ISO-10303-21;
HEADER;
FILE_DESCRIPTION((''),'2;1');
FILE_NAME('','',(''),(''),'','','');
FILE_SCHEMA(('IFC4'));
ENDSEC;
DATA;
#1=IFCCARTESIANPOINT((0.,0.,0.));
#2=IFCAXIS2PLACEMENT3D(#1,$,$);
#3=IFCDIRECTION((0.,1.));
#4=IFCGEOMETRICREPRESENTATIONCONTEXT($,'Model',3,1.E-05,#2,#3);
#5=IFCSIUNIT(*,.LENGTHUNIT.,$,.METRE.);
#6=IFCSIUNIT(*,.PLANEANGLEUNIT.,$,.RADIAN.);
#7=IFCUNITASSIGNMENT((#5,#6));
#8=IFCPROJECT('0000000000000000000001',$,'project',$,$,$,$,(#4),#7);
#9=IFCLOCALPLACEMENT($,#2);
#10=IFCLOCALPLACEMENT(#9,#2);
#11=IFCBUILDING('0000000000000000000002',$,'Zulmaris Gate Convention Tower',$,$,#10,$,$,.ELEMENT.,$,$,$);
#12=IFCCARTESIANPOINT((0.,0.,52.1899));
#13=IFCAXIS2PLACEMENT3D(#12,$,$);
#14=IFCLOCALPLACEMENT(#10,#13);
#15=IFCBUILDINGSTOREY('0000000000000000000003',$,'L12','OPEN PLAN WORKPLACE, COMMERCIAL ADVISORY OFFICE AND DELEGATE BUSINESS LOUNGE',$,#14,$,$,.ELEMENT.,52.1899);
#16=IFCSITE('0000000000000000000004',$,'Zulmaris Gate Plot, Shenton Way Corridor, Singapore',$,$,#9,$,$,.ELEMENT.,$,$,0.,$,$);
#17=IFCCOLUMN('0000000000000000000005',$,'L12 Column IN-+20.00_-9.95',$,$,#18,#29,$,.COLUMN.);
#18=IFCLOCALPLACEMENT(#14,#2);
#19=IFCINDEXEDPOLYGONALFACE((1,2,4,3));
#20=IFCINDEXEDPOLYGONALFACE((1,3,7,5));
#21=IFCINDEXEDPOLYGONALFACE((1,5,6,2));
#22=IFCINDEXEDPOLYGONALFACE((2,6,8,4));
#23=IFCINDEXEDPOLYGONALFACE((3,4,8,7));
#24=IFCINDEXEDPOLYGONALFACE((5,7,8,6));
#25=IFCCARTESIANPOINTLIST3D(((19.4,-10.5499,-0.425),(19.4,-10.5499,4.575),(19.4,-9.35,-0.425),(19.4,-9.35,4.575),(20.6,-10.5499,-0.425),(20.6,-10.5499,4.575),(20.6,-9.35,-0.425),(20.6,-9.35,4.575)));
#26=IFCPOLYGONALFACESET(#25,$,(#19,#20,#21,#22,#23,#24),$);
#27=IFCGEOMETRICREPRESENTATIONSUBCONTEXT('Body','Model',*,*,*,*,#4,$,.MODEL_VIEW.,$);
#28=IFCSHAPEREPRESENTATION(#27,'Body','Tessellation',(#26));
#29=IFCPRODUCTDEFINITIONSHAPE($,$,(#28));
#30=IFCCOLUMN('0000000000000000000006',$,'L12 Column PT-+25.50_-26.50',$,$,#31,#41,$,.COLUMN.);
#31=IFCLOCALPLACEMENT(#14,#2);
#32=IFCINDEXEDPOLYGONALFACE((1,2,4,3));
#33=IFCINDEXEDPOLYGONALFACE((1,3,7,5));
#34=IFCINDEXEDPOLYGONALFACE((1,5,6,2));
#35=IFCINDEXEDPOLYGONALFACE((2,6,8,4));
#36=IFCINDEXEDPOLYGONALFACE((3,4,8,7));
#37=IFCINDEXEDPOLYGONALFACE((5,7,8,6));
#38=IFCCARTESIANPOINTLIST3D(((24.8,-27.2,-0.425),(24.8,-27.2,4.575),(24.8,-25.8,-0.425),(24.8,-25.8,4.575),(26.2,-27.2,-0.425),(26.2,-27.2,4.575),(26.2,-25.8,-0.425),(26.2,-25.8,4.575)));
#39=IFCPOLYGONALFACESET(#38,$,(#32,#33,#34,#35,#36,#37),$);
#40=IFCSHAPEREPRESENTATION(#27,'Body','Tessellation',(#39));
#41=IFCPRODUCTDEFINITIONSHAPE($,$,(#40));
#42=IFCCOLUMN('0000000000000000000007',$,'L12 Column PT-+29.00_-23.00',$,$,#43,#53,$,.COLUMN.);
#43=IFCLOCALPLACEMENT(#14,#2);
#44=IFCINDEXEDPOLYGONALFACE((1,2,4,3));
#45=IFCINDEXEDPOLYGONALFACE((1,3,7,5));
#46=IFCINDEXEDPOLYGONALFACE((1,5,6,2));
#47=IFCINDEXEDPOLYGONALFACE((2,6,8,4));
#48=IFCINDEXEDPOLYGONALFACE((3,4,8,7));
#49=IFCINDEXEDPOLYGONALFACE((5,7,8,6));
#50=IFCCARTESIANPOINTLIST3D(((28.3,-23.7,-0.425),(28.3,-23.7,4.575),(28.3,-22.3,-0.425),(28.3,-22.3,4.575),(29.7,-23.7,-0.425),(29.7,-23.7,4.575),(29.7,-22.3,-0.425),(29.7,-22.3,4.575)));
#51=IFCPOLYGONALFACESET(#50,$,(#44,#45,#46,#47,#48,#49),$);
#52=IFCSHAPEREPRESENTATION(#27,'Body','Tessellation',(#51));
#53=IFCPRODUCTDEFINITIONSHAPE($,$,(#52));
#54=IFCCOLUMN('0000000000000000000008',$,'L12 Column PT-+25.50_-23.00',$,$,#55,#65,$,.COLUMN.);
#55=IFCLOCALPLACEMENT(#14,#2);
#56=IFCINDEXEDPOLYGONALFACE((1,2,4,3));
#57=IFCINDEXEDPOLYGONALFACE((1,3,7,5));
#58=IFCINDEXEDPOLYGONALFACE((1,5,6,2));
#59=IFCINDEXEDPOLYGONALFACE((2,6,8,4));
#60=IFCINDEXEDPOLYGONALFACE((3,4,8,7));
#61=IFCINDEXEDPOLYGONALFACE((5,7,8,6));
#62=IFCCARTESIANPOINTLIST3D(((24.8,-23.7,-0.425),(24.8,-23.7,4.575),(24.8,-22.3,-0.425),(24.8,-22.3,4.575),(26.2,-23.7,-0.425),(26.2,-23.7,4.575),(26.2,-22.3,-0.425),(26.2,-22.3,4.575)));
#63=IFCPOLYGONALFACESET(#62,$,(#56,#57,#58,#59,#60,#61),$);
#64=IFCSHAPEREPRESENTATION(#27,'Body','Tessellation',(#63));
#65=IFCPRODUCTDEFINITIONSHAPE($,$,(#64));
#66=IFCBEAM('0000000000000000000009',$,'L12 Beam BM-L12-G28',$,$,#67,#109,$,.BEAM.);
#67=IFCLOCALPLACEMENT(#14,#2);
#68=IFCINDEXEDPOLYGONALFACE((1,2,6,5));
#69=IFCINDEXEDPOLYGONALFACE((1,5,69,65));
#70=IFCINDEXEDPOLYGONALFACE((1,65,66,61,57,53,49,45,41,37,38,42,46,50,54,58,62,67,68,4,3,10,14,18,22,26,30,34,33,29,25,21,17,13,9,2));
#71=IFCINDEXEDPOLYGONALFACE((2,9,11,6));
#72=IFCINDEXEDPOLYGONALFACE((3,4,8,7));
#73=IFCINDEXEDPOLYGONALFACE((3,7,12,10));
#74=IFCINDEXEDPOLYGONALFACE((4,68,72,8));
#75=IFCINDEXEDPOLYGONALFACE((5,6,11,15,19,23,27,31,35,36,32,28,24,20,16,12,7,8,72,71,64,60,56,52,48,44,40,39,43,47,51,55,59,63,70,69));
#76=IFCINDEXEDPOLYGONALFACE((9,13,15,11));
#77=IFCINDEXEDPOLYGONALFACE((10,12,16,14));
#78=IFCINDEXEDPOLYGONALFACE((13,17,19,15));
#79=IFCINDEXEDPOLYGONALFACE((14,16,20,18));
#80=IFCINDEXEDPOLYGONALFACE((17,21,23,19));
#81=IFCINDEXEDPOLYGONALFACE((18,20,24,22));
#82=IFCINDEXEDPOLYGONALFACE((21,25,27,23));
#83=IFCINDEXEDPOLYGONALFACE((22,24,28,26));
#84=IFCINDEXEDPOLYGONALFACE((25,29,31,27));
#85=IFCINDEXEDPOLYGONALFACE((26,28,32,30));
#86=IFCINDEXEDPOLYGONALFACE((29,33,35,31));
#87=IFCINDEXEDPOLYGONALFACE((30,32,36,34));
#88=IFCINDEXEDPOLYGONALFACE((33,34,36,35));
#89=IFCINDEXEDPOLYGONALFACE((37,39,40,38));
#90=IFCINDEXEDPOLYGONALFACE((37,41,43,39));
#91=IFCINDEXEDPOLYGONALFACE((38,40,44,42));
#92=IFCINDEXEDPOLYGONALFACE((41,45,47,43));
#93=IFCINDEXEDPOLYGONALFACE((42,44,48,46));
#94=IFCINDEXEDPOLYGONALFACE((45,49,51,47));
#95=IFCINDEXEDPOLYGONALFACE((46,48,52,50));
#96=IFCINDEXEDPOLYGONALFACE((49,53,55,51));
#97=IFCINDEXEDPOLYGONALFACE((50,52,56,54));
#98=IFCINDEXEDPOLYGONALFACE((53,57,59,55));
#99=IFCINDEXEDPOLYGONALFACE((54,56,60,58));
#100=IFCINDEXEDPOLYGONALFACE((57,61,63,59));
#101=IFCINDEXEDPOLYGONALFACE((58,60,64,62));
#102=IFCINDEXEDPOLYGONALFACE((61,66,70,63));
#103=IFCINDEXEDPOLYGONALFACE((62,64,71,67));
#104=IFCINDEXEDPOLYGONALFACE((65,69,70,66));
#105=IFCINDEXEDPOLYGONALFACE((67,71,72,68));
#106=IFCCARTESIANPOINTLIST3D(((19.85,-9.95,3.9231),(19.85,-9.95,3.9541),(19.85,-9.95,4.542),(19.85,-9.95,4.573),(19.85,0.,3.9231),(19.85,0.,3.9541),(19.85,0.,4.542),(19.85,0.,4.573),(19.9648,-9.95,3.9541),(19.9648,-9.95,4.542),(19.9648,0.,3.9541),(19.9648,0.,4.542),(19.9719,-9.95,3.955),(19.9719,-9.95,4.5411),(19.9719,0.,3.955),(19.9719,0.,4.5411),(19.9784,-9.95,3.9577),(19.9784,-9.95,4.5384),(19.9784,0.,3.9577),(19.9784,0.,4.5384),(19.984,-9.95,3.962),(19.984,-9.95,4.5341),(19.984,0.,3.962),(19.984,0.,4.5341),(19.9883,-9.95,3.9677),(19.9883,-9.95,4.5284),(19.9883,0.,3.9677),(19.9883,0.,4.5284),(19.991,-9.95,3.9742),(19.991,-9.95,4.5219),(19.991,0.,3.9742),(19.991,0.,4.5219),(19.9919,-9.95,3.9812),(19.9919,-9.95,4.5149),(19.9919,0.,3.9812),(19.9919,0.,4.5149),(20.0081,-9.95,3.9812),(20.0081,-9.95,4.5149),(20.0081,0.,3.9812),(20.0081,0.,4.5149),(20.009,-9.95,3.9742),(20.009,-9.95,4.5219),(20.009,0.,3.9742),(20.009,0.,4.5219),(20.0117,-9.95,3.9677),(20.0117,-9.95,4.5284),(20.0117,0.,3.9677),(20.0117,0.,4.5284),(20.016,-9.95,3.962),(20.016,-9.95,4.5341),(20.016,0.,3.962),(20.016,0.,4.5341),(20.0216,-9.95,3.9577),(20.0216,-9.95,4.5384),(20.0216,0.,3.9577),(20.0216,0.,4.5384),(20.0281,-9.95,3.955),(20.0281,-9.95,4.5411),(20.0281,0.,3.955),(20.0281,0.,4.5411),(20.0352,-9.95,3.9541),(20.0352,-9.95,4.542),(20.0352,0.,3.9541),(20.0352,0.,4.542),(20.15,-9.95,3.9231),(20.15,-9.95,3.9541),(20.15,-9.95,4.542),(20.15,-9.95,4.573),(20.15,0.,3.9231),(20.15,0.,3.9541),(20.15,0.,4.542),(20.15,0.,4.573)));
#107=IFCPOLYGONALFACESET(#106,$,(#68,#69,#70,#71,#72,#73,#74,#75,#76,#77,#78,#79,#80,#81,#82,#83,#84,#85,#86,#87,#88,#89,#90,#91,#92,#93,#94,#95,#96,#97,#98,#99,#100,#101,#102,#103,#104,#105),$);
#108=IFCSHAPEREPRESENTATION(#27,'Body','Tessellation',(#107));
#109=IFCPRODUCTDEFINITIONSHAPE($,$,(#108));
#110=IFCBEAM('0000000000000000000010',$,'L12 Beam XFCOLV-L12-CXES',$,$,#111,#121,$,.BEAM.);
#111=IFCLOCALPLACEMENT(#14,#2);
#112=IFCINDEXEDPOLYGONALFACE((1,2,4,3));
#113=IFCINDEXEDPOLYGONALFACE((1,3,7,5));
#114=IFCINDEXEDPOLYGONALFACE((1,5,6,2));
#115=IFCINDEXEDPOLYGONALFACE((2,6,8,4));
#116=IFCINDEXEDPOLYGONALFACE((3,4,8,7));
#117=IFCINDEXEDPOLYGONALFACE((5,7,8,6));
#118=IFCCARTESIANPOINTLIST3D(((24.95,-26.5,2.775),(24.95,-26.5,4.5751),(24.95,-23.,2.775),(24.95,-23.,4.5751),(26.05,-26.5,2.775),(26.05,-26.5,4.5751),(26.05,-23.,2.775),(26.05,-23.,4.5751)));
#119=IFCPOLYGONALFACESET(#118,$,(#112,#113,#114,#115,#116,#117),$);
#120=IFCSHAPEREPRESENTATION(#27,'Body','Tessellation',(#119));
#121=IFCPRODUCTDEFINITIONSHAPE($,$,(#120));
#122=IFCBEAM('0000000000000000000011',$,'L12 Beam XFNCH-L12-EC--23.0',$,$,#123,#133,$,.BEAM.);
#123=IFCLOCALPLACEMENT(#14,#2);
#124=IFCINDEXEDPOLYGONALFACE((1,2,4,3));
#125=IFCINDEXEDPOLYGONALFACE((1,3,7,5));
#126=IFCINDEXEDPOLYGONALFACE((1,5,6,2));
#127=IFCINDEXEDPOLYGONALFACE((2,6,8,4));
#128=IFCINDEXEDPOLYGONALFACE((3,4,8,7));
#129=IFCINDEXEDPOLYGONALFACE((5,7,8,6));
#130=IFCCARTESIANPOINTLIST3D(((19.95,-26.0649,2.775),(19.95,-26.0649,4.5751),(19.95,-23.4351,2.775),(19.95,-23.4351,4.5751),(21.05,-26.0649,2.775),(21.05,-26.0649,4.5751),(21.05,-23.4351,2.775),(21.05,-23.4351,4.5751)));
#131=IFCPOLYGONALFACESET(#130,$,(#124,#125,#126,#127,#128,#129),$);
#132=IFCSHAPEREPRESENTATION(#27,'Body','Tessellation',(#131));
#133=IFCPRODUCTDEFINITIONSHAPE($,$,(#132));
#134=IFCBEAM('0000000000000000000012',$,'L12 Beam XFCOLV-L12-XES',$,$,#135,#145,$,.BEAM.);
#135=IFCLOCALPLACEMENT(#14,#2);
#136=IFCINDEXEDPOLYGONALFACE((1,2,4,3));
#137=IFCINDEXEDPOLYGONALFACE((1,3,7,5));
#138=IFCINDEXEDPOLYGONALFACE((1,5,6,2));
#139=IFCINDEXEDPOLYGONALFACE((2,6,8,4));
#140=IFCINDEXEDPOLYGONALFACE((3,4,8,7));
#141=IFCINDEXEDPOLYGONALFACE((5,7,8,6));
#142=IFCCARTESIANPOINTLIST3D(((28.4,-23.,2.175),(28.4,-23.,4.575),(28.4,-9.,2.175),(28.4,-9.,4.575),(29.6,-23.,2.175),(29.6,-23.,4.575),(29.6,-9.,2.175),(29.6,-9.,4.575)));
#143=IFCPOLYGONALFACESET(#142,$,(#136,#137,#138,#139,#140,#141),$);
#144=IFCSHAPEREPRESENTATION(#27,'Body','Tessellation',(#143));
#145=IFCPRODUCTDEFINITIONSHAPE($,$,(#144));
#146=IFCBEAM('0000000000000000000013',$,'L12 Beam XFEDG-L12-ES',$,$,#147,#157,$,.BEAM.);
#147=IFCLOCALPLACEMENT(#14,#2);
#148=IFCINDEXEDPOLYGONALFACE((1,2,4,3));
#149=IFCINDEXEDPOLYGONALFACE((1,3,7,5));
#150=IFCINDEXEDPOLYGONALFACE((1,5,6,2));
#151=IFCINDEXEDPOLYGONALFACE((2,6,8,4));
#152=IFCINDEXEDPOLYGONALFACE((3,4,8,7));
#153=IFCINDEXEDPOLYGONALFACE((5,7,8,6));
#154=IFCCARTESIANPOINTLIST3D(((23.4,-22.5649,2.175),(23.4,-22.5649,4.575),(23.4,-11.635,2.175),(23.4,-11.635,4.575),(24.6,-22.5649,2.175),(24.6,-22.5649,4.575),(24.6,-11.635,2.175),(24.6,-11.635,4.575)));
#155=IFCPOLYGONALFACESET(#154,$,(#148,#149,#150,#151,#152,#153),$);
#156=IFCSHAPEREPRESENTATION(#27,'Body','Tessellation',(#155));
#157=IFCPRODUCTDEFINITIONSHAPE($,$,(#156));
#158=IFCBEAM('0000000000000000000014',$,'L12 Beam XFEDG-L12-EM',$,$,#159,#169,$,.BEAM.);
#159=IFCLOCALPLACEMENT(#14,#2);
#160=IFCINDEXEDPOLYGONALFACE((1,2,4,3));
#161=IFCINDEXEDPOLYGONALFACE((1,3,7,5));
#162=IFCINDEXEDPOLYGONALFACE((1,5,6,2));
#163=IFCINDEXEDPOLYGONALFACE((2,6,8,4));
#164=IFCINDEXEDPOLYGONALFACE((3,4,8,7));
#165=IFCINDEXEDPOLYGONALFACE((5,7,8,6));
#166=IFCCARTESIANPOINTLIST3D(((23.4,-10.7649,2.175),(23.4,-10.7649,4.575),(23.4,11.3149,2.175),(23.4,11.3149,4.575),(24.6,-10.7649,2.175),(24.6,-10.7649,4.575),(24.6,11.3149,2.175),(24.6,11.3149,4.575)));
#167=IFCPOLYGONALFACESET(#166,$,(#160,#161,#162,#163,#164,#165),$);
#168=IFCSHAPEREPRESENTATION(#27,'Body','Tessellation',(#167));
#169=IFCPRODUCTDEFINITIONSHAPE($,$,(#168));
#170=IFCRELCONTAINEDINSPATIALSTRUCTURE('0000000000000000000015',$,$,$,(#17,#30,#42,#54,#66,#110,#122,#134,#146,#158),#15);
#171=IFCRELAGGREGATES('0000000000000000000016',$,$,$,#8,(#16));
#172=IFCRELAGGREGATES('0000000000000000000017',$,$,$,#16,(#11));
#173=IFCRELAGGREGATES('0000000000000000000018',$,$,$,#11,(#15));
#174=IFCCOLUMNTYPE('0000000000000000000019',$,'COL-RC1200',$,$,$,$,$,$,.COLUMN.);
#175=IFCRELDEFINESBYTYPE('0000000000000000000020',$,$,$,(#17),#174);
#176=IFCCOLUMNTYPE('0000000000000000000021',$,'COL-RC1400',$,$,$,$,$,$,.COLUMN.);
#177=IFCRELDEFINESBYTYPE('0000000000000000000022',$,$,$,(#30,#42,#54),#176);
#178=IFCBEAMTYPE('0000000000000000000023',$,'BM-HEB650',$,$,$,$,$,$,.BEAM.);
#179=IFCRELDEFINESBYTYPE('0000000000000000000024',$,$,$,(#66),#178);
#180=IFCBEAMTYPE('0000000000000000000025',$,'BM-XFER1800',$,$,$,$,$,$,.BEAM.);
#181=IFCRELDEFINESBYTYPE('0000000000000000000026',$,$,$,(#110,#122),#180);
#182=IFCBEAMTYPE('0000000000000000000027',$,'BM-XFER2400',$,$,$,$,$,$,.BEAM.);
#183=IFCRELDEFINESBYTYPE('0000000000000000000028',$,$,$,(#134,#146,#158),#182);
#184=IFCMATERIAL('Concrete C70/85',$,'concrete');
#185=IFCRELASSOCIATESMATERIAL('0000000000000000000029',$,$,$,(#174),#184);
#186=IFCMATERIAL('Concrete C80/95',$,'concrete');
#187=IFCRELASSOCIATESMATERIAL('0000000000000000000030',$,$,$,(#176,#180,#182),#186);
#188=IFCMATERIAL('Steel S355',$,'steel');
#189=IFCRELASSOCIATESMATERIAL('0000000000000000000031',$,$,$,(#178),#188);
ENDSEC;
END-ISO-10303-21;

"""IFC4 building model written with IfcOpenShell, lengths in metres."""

from ifc_helpers import new_model, si_unit, direction, frame, origin, origin_2d, place, context, subcontext, project, spatial, rectangle, i_section, extrude, material, material_profile, profile_set, type_object, element, save


model = new_model("IFC4")

# Units and contexts
model_context = context("Model", 3, precision=1e-05, world=origin(), true_north=direction((0.0, 1.0)))
body_context = subcontext(model_context, "Body", "Model", "MODEL_VIEW")
ifc_project = project(units=[si_unit("LENGTHUNIT", "METRE"), si_unit("PLANEANGLEUNIT", "RADIAN")], contexts=[model_context])

# Site, building, storey
site_placement = place(None, origin())
site = spatial("IfcSite", under=ifc_project, at=site_placement, Name="Zulmaris Gate Plot, Shenton Way Corridor, Singapore", CompositionType="ELEMENT", RefElevation=0.0)
building_placement = place(site_placement, origin())
building = spatial("IfcBuilding", under=site, at=building_placement, Name="Zulmaris Gate Convention Tower", CompositionType="ELEMENT")
storey_placement = place(building_placement, frame((0.0, 0.0, 52.1899)))
storey = spatial("IfcBuildingStorey", under=building, at=storey_placement, Name="L12", Description="OPEN PLAN WORKPLACE, COMMERCIAL ADVISORY OFFICE AND DELEGATE BUSINESS LOUNGE", CompositionType="ELEMENT", Elevation=52.1899)

# Columns
ifc_material_1 = material(Name="Concrete C70/85", Category="concrete")
ifc_material_profile_1 = material_profile(ifc_material_1, rectangle(XDim=1.2, YDim=1.2, at=origin_2d()), Name="RC COL 1200x1200")
ifc_profile_set_1 = profile_set([ifc_material_profile_1], Name="Concrete C70/85")
column_type_1 = type_object("IfcColumnType", Name="COL-RC1200", PredefinedType="COLUMN", material=ifc_profile_set_1)
column_placement = place(storey_placement, frame((20.0, -9.95, -0.425), z_axis=(0.0, 0.0, 1.0), x_axis=(1.0, 0.0, 0.0)))
element("IfcColumn", 1, at=column_placement, inside=storey, type_object=column_type_1, Name="L12 Column IN-+20.00_-9.95", PredefinedType="COLUMN", context=body_context, shape_type="SweptSolid", body=[
    extrude(rectangle(XDim=1.2, YDim=1.2, at=origin_2d()), origin(), (0.0, 0.0, 1.0), 5.0),
])
ifc_material_2 = material(Name="Concrete C80/95", Category="concrete")
ifc_material_profile_2 = material_profile(ifc_material_2, rectangle(XDim=1.3999, YDim=1.3999, at=origin_2d()), Name="RC COL 1400x1400")
ifc_profile_set_2 = profile_set([ifc_material_profile_2], Name="Concrete C80/95")
column_type_2 = type_object("IfcColumnType", Name="COL-RC1400", PredefinedType="COLUMN", material=ifc_profile_set_2)
for number, where, z_axis, x_axis, name in (
    (2, (25.5, -26.5, -0.425), (0.0, 0.0, 1.0), (1.0, 0.0, 0.0), "L12 Column PT-+25.50_-26.50"),
    (3, (29.0, -23.0, -0.425), (0.0, 0.0, 1.0), (1.0, 0.0, 0.0), "L12 Column PT-+29.00_-23.00"),
    (4, (25.5, -23.0, -0.425), (0.0, 0.0, 1.0), (1.0, 0.0, 0.0), "L12 Column PT-+25.50_-23.00"),
):
    element("IfcColumn", number, at=place(storey_placement, frame(where, z_axis=z_axis, x_axis=x_axis)), inside=storey, type_object=column_type_2, Name=name, PredefinedType="COLUMN", context=body_context, shape_type="SweptSolid", body=[
        extrude(rectangle(XDim=1.3999, YDim=1.3999, at=origin_2d()), origin(), (0.0, 0.0, 1.0), 5.0),
    ])

# Beams
ifc_material_3 = material(Name="Steel S355", Category="steel")
ifc_material_profile_3 = material_profile(ifc_material_3, i_section(OverallWidth=0.3, OverallDepth=0.6499, WebThickness=0.0161, FlangeThickness=0.031, FilletRadius=0.0271, at=origin_2d()), Name="HEB 650")
ifc_profile_set_3 = profile_set([ifc_material_profile_3], Name="Steel S355")
beam_type_1 = type_object("IfcBeamType", Name="BM-HEB650", PredefinedType="BEAM", material=ifc_profile_set_3)
beam_1_placement = place(storey_placement, frame((20.0, -9.95, 4.248), z_axis=(0.0, 1.0, 0.0), x_axis=(-1.0, 0.0, 0.0)))
element("IfcBeam", 5, at=beam_1_placement, inside=storey, type_object=beam_type_1, Name="L12 Beam BM-L12-G28", PredefinedType="BEAM", context=body_context, shape_type="SweptSolid", body=[
    extrude(i_section(OverallWidth=0.3, OverallDepth=0.6499, WebThickness=0.0161, FlangeThickness=0.031, FilletRadius=0.0271, at=origin_2d()), origin(), (0.0, 0.0, 1.0), 9.95),
])
ifc_material_profile_4 = material_profile(ifc_material_2, rectangle(XDim=1.1001, YDim=1.8, at=origin_2d()), Name="RC TRANSFER 1100x1800")
ifc_profile_set_4 = profile_set([ifc_material_profile_4], Name="Concrete C80/95")
beam_type_2 = type_object("IfcBeamType", Name="BM-XFER1800", PredefinedType="BEAM", material=ifc_profile_set_4)
beam_2_placement = place(storey_placement, frame((25.5, -26.5, 3.675), z_axis=(0.0, 1.0, 0.0), x_axis=(-1.0, 0.0, 0.0)))
element("IfcBeam", 6, at=beam_2_placement, inside=storey, type_object=beam_type_2, Name="L12 Beam XFCOLV-L12-CXES", PredefinedType="BEAM", context=body_context, shape_type="SweptSolid", body=[
    extrude(rectangle(XDim=1.1001, YDim=1.8, at=origin_2d()), origin(), (0.0, 0.0, 1.0), 3.5),
])
beam_3_placement = place(storey_placement, frame((20.5, -26.0649, 3.675), z_axis=(0.0, 1.0, 0.0), x_axis=(-1.0, 0.0, 0.0)))
element("IfcBeam", 7, at=beam_3_placement, inside=storey, type_object=beam_type_2, Name="L12 Beam XFNCH-L12-EC--23.0", PredefinedType="BEAM", context=body_context, shape_type="SweptSolid", body=[
    extrude(rectangle(XDim=1.1001, YDim=1.8, at=origin_2d()), origin(), (0.0, 0.0, 1.0), 2.6299),
])
ifc_material_profile_5 = material_profile(ifc_material_2, rectangle(XDim=1.2, YDim=2.3999, at=origin_2d()), Name="RC TRANSFER 1200x2400")
ifc_profile_set_5 = profile_set([ifc_material_profile_5], Name="Concrete C80/95")
beam_type_3 = type_object("IfcBeamType", Name="BM-XFER2400", PredefinedType="BEAM", material=ifc_profile_set_5)
beam_4_placement = place(storey_placement, frame((29.0, -23.0, 3.375), z_axis=(0.0, 1.0, 0.0), x_axis=(-1.0, 0.0, 0.0)))
element("IfcBeam", 8, at=beam_4_placement, inside=storey, type_object=beam_type_3, Name="L12 Beam XFCOLV-L12-XES", PredefinedType="BEAM", context=body_context, shape_type="SweptSolid", body=[
    extrude(rectangle(XDim=1.2, YDim=2.3999, at=origin_2d()), origin(), (0.0, 0.0, 1.0), 14.0),
])
beam_5_placement = place(storey_placement, frame((24.0, -22.5649, 3.375), z_axis=(0.0, 1.0, 0.0), x_axis=(-1.0, 0.0, 0.0)))
element("IfcBeam", 9, at=beam_5_placement, inside=storey, type_object=beam_type_3, Name="L12 Beam XFEDG-L12-ES", PredefinedType="BEAM", context=body_context, shape_type="SweptSolid", body=[
    extrude(rectangle(XDim=1.2, YDim=2.3999, at=origin_2d()), origin(), (0.0, 0.0, 1.0), 10.9299),
])
beam_6_placement = place(storey_placement, frame((24.0, -10.7649, 3.375), z_axis=(0.0, 1.0, 0.0), x_axis=(-1.0, 0.0, 0.0)))
element("IfcBeam", 10, at=beam_6_placement, inside=storey, type_object=beam_type_3, Name="L12 Beam XFEDG-L12-EM", PredefinedType="BEAM", context=body_context, shape_type="SweptSolid", body=[
    extrude(rectangle(XDim=1.2, YDim=2.3999, at=origin_2d()), origin(), (0.0, 0.0, 1.0), 22.0798),
])

save(model, "model.ifc")
